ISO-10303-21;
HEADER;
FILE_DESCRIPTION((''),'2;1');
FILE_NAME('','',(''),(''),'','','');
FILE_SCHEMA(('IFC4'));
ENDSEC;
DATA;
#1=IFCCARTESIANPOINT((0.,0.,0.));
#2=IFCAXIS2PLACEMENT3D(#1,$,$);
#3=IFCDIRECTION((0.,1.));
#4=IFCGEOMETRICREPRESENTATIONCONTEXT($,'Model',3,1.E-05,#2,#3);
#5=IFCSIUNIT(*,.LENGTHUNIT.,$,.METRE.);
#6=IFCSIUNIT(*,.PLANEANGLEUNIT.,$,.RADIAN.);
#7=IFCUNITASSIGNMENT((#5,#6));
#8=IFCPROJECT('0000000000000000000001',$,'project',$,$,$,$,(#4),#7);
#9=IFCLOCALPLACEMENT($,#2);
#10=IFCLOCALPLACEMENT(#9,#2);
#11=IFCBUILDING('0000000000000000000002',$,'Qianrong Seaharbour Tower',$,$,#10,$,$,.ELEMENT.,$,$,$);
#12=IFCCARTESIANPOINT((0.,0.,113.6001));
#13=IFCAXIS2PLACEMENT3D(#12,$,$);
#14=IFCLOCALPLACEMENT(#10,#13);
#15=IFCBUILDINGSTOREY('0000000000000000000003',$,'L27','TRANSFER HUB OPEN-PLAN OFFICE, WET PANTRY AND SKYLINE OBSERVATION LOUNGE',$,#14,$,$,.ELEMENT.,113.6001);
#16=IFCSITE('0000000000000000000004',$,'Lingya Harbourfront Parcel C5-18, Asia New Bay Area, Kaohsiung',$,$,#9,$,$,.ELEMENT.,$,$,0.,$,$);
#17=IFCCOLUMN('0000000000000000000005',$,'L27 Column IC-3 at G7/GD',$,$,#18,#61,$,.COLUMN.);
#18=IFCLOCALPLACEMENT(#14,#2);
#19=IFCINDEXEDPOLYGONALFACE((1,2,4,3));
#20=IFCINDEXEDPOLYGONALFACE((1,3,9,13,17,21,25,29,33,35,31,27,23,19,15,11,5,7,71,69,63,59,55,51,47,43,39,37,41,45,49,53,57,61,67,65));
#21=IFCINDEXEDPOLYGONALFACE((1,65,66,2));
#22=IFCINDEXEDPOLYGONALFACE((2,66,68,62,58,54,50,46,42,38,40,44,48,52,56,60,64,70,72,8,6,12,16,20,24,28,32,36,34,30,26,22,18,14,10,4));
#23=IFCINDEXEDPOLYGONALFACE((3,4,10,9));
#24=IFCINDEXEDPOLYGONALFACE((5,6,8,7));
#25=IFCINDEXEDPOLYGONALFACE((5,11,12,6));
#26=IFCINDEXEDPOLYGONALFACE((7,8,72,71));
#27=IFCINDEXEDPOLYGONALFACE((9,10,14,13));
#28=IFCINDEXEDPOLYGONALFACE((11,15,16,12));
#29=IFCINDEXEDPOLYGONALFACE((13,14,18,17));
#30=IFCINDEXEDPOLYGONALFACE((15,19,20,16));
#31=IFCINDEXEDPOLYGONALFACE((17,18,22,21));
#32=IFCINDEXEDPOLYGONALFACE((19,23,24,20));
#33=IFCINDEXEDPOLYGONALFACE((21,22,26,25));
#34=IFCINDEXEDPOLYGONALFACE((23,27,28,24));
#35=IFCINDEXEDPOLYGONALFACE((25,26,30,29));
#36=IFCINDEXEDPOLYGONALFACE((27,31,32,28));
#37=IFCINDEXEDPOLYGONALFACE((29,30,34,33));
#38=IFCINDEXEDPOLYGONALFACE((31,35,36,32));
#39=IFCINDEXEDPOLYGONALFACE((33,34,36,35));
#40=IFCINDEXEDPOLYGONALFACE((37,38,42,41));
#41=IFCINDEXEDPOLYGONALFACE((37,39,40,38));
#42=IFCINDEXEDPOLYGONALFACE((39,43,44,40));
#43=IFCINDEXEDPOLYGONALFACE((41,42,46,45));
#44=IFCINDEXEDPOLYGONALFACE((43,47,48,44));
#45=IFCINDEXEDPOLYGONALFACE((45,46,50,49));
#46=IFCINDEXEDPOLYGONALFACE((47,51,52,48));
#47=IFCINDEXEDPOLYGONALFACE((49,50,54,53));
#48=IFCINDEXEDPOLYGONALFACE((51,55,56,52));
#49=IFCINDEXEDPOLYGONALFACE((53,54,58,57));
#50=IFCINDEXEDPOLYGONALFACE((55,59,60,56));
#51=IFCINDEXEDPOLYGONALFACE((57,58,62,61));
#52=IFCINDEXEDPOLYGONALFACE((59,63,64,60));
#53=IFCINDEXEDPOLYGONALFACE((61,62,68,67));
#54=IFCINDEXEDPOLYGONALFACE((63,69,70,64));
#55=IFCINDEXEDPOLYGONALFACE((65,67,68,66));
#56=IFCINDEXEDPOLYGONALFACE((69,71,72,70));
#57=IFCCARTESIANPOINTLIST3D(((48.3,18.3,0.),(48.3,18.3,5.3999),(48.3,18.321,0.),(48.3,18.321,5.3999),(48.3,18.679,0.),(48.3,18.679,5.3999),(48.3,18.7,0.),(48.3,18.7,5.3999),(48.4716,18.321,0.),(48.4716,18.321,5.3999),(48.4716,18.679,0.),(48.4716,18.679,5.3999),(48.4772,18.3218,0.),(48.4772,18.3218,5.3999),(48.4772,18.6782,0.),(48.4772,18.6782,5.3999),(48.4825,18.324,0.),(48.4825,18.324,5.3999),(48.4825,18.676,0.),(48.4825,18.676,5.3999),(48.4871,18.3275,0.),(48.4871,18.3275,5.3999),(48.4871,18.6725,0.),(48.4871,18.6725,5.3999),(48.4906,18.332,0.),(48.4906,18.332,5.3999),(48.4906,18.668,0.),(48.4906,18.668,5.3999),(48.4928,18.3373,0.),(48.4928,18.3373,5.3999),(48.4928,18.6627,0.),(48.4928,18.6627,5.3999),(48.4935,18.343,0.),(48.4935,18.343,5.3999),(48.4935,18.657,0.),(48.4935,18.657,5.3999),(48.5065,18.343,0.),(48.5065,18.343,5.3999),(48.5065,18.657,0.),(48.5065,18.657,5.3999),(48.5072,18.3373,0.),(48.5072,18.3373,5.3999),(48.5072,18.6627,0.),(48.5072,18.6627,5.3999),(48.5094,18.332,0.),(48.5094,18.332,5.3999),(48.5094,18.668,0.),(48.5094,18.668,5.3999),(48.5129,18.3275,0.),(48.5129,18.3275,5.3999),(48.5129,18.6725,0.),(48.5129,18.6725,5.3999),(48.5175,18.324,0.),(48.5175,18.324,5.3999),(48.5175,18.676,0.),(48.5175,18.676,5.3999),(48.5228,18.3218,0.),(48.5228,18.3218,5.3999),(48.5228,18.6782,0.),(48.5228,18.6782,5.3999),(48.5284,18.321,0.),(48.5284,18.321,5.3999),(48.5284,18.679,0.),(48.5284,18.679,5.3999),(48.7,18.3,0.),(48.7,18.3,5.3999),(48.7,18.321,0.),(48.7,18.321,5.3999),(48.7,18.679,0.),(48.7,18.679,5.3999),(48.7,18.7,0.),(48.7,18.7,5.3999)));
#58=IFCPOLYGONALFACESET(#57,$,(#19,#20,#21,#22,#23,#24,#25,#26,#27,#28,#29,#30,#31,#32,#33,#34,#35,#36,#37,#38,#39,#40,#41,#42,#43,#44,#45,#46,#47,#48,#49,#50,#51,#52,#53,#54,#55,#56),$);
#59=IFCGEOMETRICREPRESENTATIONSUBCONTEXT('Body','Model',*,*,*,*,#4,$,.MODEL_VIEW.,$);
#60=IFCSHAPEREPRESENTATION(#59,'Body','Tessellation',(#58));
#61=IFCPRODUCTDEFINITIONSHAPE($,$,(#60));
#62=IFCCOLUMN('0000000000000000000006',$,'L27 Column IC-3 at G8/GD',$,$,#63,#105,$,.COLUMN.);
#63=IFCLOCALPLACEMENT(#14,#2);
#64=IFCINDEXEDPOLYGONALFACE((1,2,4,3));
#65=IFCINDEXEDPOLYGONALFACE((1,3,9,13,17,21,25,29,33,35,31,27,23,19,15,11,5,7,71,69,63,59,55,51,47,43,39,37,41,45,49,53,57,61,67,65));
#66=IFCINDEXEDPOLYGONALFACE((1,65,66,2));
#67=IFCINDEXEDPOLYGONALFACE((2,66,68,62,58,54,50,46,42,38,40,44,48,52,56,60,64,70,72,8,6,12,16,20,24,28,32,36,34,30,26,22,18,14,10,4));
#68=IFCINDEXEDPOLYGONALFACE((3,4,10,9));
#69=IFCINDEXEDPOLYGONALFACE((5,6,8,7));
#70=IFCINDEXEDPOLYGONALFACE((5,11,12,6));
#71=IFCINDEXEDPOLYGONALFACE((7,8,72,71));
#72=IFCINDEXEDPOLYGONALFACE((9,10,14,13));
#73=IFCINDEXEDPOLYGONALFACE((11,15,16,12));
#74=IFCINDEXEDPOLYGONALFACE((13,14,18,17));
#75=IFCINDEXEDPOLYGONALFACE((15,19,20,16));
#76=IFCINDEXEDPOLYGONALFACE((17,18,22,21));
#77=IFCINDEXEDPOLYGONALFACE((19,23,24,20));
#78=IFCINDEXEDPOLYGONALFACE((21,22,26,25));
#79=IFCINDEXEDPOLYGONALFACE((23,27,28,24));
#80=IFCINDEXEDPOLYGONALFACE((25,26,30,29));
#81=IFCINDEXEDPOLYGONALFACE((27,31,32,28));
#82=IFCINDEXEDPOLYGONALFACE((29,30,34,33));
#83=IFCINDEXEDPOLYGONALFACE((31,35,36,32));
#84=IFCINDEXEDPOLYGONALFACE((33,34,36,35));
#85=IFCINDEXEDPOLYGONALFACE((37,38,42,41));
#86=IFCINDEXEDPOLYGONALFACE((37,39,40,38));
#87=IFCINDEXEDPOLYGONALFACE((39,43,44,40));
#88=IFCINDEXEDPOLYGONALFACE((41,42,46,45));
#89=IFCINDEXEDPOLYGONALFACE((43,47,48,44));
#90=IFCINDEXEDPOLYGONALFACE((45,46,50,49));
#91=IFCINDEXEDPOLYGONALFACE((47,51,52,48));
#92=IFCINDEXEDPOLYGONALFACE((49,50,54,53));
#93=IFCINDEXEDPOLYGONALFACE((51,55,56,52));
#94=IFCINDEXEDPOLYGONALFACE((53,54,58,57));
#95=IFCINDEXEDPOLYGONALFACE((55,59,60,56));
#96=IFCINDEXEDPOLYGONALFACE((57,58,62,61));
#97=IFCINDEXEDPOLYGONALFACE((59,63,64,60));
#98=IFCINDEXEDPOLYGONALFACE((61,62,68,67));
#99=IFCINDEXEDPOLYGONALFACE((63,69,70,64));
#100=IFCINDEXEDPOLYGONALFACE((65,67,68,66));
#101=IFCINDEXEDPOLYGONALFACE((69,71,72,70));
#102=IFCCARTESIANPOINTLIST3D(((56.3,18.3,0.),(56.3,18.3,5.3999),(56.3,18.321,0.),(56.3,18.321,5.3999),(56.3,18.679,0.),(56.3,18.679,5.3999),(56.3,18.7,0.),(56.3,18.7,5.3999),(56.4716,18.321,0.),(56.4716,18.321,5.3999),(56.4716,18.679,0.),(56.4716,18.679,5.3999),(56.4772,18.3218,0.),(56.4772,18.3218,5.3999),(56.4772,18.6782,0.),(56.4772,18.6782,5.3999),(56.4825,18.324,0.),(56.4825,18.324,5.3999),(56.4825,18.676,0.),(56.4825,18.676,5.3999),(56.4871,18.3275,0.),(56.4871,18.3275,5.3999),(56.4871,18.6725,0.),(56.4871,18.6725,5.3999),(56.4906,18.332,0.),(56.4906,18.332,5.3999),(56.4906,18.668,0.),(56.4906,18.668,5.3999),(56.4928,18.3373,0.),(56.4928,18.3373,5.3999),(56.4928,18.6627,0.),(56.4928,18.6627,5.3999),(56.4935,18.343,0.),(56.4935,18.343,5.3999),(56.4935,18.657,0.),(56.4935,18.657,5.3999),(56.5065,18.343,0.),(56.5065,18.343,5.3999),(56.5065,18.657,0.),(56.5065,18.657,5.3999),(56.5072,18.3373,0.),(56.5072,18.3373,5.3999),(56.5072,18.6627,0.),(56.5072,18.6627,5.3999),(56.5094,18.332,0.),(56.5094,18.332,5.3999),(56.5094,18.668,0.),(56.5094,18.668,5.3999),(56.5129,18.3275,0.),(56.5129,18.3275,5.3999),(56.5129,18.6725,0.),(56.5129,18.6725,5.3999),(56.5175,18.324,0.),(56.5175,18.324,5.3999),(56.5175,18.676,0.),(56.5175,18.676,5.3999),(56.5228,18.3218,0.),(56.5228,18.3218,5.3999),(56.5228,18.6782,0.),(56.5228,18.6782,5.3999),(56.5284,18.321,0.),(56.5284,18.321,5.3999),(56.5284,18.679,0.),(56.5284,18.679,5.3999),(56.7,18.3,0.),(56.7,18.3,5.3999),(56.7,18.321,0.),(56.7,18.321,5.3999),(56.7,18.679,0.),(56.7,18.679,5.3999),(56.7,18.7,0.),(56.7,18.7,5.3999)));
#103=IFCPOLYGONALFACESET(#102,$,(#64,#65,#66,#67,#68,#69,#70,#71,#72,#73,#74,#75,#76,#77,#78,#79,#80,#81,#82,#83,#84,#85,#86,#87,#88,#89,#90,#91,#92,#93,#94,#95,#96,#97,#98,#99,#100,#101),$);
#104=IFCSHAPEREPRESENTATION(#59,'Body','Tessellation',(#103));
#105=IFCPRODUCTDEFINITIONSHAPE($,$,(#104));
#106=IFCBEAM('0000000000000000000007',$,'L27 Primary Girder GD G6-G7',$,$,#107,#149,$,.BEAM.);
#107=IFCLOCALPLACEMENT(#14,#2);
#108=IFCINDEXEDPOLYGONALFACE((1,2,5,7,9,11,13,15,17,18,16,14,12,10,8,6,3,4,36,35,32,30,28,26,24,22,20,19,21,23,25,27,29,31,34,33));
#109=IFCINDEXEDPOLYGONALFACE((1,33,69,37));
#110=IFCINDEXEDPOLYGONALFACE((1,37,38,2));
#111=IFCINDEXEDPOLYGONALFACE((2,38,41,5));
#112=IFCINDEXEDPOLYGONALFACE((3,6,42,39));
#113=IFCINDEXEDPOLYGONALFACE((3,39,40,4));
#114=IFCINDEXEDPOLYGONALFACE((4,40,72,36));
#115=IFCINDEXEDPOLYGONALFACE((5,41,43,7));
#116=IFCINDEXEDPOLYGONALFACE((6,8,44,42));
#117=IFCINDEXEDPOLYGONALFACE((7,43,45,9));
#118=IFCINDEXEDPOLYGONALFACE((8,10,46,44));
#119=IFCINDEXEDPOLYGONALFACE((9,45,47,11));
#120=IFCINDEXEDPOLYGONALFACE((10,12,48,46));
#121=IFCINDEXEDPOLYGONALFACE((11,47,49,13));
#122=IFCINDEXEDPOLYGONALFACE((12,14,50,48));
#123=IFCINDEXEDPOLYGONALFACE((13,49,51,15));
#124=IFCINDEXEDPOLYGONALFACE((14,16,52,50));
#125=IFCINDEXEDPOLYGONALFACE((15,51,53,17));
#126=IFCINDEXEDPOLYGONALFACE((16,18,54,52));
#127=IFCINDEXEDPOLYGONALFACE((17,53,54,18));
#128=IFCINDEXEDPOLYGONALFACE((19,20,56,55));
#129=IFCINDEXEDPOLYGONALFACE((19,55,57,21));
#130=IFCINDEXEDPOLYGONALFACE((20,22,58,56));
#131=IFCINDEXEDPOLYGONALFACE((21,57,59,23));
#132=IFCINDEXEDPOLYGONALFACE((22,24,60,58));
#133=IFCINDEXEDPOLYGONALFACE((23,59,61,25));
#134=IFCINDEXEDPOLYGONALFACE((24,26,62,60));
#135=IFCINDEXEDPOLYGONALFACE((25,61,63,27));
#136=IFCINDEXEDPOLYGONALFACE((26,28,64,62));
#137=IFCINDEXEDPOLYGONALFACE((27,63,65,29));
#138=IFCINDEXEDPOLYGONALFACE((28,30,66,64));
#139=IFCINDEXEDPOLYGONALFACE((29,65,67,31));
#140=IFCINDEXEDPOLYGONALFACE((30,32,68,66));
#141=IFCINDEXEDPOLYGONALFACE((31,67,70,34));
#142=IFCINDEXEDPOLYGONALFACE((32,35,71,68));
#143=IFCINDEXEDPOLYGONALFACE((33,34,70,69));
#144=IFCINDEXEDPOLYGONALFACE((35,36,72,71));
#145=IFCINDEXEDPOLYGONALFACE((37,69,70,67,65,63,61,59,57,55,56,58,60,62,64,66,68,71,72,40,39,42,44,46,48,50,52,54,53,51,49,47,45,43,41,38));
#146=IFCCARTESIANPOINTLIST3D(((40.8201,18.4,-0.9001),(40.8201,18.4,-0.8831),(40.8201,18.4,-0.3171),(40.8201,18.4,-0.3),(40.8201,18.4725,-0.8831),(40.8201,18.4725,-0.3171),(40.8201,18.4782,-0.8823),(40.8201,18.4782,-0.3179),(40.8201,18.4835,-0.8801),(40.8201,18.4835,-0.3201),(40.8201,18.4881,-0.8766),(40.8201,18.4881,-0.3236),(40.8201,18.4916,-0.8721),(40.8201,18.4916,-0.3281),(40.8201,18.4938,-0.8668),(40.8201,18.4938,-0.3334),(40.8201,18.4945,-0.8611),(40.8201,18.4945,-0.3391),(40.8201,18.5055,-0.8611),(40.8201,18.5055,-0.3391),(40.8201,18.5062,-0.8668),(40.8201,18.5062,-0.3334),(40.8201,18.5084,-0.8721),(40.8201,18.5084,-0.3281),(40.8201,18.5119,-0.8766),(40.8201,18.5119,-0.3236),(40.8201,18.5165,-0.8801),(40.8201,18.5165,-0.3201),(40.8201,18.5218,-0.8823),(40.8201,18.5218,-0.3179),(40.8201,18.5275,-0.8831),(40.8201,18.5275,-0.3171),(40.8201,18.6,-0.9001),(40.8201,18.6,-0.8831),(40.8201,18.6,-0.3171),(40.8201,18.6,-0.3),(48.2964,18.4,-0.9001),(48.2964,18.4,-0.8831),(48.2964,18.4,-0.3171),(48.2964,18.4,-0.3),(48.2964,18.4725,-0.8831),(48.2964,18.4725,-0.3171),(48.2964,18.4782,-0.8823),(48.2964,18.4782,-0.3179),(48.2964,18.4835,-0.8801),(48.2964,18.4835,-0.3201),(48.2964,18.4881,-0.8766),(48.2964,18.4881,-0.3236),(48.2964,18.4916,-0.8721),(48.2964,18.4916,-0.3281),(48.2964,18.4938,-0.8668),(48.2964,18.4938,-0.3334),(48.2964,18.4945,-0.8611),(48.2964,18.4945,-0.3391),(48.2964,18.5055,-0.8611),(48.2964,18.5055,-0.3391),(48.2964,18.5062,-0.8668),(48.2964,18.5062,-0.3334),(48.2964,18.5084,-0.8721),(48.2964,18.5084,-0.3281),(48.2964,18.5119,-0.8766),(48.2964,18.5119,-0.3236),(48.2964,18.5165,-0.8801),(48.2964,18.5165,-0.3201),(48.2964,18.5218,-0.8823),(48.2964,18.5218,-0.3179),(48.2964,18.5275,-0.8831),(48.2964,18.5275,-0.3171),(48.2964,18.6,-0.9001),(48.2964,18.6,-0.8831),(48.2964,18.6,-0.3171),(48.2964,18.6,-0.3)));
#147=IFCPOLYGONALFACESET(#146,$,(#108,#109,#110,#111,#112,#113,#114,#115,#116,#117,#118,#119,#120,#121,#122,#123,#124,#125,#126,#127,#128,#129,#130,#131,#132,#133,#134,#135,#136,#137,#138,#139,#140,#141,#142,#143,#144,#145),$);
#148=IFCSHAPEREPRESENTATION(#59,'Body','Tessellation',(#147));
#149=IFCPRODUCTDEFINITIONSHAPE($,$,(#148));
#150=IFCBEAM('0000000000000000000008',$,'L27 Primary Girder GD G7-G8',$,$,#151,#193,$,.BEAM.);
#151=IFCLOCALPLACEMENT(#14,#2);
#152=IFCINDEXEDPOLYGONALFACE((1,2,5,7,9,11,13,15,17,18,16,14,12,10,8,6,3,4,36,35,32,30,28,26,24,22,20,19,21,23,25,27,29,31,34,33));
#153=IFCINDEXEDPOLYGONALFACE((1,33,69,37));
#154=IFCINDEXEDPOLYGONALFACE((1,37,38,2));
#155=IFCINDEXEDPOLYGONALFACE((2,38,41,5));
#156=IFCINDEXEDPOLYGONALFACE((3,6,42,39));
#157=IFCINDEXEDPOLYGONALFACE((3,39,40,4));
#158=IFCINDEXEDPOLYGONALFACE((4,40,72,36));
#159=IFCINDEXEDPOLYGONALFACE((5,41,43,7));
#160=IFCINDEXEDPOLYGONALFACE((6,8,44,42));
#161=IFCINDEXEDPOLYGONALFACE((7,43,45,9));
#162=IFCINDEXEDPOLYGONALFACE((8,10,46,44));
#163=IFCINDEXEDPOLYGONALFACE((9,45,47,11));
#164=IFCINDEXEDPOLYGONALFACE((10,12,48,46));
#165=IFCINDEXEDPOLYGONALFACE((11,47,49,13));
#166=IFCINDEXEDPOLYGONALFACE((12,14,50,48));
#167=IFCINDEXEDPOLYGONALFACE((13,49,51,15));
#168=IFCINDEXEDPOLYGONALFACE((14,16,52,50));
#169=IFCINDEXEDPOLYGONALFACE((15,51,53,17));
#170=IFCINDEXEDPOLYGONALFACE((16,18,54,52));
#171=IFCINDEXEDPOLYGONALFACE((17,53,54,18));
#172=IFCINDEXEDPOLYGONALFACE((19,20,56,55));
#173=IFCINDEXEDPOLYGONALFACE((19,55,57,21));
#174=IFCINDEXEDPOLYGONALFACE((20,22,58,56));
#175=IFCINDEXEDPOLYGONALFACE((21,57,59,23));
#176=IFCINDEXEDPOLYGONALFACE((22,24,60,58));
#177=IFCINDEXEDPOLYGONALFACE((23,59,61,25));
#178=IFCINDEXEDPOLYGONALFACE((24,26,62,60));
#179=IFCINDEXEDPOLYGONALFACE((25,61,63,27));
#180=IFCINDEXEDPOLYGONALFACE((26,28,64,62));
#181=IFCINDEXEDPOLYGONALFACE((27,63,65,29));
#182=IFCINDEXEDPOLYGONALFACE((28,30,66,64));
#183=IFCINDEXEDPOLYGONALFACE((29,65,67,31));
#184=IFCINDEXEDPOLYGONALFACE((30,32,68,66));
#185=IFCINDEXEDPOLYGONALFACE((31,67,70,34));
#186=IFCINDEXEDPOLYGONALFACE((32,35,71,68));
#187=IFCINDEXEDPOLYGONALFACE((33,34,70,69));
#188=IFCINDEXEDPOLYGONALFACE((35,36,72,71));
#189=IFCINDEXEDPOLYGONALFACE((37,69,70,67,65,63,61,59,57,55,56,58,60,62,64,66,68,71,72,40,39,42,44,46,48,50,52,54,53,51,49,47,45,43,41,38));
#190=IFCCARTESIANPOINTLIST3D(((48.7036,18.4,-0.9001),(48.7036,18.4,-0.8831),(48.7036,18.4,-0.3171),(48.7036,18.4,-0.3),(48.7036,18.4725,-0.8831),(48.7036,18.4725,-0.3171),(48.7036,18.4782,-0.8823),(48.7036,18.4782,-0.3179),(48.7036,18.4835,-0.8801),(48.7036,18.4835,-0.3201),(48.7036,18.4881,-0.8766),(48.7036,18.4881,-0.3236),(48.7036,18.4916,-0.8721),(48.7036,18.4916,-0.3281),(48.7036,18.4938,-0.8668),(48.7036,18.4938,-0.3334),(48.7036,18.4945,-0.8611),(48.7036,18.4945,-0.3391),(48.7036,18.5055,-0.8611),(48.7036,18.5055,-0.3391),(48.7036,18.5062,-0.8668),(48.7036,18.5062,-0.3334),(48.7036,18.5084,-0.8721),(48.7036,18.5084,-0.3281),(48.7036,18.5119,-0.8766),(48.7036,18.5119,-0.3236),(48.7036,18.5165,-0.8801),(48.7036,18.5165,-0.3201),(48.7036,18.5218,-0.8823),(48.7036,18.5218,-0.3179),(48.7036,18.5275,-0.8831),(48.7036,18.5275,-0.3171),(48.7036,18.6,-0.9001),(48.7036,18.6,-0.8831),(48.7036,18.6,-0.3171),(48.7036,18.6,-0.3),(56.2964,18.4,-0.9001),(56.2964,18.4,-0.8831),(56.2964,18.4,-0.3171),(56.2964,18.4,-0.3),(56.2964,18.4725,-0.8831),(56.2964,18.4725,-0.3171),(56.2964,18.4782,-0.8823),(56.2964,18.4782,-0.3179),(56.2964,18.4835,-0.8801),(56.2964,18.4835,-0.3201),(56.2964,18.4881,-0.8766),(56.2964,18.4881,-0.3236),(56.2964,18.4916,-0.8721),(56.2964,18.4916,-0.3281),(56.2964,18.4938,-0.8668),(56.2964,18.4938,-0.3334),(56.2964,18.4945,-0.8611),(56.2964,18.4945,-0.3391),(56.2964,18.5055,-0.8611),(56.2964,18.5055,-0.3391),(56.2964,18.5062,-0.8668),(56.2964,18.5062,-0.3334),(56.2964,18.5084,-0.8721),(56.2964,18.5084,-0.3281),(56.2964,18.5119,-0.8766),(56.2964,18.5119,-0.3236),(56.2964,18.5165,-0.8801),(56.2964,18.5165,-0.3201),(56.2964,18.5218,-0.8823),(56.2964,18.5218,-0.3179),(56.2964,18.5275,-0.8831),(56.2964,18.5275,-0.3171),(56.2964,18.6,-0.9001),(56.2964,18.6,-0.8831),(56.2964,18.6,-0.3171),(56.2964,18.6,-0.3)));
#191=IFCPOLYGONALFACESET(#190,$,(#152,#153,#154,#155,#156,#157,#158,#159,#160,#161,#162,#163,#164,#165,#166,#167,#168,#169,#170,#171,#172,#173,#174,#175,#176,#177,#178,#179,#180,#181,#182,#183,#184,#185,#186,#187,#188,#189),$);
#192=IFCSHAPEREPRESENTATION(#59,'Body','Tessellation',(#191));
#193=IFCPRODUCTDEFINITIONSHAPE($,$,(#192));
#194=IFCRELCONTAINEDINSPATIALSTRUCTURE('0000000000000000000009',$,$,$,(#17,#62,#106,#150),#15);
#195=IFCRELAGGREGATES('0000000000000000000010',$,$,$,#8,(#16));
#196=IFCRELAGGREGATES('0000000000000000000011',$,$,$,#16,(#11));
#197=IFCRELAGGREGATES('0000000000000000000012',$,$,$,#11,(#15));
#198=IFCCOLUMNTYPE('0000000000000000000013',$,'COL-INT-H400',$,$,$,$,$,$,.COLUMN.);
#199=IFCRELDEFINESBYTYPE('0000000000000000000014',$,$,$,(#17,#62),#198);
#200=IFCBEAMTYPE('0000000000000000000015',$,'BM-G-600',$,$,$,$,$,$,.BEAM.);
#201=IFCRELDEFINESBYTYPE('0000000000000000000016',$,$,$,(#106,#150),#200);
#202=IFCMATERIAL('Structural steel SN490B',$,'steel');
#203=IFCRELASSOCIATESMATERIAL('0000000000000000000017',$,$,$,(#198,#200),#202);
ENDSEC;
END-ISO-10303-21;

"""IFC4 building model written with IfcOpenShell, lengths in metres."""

from ifc_helpers import new_model, si_unit, direction, frame, origin, origin_2d, place, context, subcontext, project, spatial, i_section, extrude, material, material_profile, profile_set, type_object, element, save


model = new_model("IFC4")

# Units and contexts
model_context = context("Model", 3, precision=1e-05, world=origin(), true_north=direction((0.0, 1.0)))
body_context = subcontext(model_context, "Body", "Model", "MODEL_VIEW")
ifc_project = project(units=[si_unit("LENGTHUNIT", "METRE"), si_unit("PLANEANGLEUNIT", "RADIAN")], contexts=[model_context])

# Site, building, storey
site_placement = place(None, origin())
site = spatial("IfcSite", under=ifc_project, at=site_placement, Name="Lingya Harbourfront Parcel C5-18, Asia New Bay Area, Kaohsiung", CompositionType="ELEMENT", RefElevation=0.0)
building_placement = place(site_placement, origin())
building = spatial("IfcBuilding", under=site, at=building_placement, Name="Qianrong Seaharbour Tower", CompositionType="ELEMENT")
storey_placement = place(building_placement, frame((0.0, 0.0, 113.6001)))
storey = spatial("IfcBuildingStorey", under=building, at=storey_placement, Name="L27", Description="TRANSFER HUB OPEN-PLAN OFFICE, WET PANTRY AND SKYLINE OBSERVATION LOUNGE", CompositionType="ELEMENT", Elevation=113.6001)

# Columns
ifc_material_1 = material(Name="Structural steel SN490B", Category="steel")
ifc_material_profile_1 = material_profile(ifc_material_1, i_section(OverallWidth=0.3999, OverallDepth=0.3999, WebThickness=0.0129, FlangeThickness=0.021, FilletRadius=0.022, at=origin_2d()), Name="H400x400x13x21")
ifc_profile_set_1 = profile_set([ifc_material_profile_1], Name="Structural steel SN490B")
column_type = type_object("IfcColumnType", Name="COL-INT-H400", PredefinedType="COLUMN", material=ifc_profile_set_1)
for number, where, z_axis, x_axis, name in (
    (1, (48.5, 18.5, 0.0), (0.0, 0.0, 1.0), (1.0, 0.0, 0.0), "L27 Column IC-3 at G7/GD"),
    (2, (56.5, 18.5, 0.0), (0.0, 0.0, 1.0), (1.0, 0.0, 0.0), "L27 Column IC-3 at G8/GD"),
):
    element("IfcColumn", number, at=place(storey_placement, frame(where, z_axis=z_axis, x_axis=x_axis)), inside=storey, type_object=column_type, Name=name, PredefinedType="COLUMN", context=body_context, shape_type="SweptSolid", body=[
        extrude(i_section(OverallWidth=0.3999, OverallDepth=0.3999, WebThickness=0.0129, FlangeThickness=0.021, FilletRadius=0.022, at=origin_2d()), origin(), (0.0, 0.0, 1.0), 5.3999),
    ])

# Beams
ifc_material_profile_2 = material_profile(ifc_material_1, i_section(OverallWidth=0.2, OverallDepth=0.6001, WebThickness=0.011, FlangeThickness=0.0171, FilletRadius=0.022, at=origin_2d()), Name="H600x200x11x17")
ifc_profile_set_2 = profile_set([ifc_material_profile_2], Name="Structural steel SN490B")
beam_type_1 = type_object("IfcBeamType", Name="BM-G-600", PredefinedType="BEAM", material=ifc_profile_set_2)
beam_1_placement = place(storey_placement, frame((40.8201, 18.5, -0.6001), z_axis=(1.0, 0.0, 0.0), x_axis=(0.0, 1.0, 0.0)))
element("IfcBeam", 3, at=beam_1_placement, inside=storey, type_object=beam_type_1, Name="L27 Primary Girder GD G6-G7", PredefinedType="BEAM", context=body_context, shape_type="SweptSolid", body=[
    extrude(i_section(OverallWidth=0.2, OverallDepth=0.6001, WebThickness=0.011, FlangeThickness=0.0171, FilletRadius=0.022, at=origin_2d()), origin(), (0.0, 0.0, 1.0), 7.4763),
])
beam_2_placement = place(storey_placement, frame((48.7036, 18.5, -0.6001), z_axis=(1.0, 0.0, 0.0), x_axis=(0.0, 1.0, 0.0)))
element("IfcBeam", 4, at=beam_2_placement, inside=storey, type_object=beam_type_1, Name="L27 Primary Girder GD G7-G8", PredefinedType="BEAM", context=body_context, shape_type="SweptSolid", body=[
    extrude(i_section(OverallWidth=0.2, OverallDepth=0.6001, WebThickness=0.011, FlangeThickness=0.0171, FilletRadius=0.022, at=origin_2d()), origin(), (0.0, 0.0, 1.0), 7.5928),
])

save(model, "model.ifc")
